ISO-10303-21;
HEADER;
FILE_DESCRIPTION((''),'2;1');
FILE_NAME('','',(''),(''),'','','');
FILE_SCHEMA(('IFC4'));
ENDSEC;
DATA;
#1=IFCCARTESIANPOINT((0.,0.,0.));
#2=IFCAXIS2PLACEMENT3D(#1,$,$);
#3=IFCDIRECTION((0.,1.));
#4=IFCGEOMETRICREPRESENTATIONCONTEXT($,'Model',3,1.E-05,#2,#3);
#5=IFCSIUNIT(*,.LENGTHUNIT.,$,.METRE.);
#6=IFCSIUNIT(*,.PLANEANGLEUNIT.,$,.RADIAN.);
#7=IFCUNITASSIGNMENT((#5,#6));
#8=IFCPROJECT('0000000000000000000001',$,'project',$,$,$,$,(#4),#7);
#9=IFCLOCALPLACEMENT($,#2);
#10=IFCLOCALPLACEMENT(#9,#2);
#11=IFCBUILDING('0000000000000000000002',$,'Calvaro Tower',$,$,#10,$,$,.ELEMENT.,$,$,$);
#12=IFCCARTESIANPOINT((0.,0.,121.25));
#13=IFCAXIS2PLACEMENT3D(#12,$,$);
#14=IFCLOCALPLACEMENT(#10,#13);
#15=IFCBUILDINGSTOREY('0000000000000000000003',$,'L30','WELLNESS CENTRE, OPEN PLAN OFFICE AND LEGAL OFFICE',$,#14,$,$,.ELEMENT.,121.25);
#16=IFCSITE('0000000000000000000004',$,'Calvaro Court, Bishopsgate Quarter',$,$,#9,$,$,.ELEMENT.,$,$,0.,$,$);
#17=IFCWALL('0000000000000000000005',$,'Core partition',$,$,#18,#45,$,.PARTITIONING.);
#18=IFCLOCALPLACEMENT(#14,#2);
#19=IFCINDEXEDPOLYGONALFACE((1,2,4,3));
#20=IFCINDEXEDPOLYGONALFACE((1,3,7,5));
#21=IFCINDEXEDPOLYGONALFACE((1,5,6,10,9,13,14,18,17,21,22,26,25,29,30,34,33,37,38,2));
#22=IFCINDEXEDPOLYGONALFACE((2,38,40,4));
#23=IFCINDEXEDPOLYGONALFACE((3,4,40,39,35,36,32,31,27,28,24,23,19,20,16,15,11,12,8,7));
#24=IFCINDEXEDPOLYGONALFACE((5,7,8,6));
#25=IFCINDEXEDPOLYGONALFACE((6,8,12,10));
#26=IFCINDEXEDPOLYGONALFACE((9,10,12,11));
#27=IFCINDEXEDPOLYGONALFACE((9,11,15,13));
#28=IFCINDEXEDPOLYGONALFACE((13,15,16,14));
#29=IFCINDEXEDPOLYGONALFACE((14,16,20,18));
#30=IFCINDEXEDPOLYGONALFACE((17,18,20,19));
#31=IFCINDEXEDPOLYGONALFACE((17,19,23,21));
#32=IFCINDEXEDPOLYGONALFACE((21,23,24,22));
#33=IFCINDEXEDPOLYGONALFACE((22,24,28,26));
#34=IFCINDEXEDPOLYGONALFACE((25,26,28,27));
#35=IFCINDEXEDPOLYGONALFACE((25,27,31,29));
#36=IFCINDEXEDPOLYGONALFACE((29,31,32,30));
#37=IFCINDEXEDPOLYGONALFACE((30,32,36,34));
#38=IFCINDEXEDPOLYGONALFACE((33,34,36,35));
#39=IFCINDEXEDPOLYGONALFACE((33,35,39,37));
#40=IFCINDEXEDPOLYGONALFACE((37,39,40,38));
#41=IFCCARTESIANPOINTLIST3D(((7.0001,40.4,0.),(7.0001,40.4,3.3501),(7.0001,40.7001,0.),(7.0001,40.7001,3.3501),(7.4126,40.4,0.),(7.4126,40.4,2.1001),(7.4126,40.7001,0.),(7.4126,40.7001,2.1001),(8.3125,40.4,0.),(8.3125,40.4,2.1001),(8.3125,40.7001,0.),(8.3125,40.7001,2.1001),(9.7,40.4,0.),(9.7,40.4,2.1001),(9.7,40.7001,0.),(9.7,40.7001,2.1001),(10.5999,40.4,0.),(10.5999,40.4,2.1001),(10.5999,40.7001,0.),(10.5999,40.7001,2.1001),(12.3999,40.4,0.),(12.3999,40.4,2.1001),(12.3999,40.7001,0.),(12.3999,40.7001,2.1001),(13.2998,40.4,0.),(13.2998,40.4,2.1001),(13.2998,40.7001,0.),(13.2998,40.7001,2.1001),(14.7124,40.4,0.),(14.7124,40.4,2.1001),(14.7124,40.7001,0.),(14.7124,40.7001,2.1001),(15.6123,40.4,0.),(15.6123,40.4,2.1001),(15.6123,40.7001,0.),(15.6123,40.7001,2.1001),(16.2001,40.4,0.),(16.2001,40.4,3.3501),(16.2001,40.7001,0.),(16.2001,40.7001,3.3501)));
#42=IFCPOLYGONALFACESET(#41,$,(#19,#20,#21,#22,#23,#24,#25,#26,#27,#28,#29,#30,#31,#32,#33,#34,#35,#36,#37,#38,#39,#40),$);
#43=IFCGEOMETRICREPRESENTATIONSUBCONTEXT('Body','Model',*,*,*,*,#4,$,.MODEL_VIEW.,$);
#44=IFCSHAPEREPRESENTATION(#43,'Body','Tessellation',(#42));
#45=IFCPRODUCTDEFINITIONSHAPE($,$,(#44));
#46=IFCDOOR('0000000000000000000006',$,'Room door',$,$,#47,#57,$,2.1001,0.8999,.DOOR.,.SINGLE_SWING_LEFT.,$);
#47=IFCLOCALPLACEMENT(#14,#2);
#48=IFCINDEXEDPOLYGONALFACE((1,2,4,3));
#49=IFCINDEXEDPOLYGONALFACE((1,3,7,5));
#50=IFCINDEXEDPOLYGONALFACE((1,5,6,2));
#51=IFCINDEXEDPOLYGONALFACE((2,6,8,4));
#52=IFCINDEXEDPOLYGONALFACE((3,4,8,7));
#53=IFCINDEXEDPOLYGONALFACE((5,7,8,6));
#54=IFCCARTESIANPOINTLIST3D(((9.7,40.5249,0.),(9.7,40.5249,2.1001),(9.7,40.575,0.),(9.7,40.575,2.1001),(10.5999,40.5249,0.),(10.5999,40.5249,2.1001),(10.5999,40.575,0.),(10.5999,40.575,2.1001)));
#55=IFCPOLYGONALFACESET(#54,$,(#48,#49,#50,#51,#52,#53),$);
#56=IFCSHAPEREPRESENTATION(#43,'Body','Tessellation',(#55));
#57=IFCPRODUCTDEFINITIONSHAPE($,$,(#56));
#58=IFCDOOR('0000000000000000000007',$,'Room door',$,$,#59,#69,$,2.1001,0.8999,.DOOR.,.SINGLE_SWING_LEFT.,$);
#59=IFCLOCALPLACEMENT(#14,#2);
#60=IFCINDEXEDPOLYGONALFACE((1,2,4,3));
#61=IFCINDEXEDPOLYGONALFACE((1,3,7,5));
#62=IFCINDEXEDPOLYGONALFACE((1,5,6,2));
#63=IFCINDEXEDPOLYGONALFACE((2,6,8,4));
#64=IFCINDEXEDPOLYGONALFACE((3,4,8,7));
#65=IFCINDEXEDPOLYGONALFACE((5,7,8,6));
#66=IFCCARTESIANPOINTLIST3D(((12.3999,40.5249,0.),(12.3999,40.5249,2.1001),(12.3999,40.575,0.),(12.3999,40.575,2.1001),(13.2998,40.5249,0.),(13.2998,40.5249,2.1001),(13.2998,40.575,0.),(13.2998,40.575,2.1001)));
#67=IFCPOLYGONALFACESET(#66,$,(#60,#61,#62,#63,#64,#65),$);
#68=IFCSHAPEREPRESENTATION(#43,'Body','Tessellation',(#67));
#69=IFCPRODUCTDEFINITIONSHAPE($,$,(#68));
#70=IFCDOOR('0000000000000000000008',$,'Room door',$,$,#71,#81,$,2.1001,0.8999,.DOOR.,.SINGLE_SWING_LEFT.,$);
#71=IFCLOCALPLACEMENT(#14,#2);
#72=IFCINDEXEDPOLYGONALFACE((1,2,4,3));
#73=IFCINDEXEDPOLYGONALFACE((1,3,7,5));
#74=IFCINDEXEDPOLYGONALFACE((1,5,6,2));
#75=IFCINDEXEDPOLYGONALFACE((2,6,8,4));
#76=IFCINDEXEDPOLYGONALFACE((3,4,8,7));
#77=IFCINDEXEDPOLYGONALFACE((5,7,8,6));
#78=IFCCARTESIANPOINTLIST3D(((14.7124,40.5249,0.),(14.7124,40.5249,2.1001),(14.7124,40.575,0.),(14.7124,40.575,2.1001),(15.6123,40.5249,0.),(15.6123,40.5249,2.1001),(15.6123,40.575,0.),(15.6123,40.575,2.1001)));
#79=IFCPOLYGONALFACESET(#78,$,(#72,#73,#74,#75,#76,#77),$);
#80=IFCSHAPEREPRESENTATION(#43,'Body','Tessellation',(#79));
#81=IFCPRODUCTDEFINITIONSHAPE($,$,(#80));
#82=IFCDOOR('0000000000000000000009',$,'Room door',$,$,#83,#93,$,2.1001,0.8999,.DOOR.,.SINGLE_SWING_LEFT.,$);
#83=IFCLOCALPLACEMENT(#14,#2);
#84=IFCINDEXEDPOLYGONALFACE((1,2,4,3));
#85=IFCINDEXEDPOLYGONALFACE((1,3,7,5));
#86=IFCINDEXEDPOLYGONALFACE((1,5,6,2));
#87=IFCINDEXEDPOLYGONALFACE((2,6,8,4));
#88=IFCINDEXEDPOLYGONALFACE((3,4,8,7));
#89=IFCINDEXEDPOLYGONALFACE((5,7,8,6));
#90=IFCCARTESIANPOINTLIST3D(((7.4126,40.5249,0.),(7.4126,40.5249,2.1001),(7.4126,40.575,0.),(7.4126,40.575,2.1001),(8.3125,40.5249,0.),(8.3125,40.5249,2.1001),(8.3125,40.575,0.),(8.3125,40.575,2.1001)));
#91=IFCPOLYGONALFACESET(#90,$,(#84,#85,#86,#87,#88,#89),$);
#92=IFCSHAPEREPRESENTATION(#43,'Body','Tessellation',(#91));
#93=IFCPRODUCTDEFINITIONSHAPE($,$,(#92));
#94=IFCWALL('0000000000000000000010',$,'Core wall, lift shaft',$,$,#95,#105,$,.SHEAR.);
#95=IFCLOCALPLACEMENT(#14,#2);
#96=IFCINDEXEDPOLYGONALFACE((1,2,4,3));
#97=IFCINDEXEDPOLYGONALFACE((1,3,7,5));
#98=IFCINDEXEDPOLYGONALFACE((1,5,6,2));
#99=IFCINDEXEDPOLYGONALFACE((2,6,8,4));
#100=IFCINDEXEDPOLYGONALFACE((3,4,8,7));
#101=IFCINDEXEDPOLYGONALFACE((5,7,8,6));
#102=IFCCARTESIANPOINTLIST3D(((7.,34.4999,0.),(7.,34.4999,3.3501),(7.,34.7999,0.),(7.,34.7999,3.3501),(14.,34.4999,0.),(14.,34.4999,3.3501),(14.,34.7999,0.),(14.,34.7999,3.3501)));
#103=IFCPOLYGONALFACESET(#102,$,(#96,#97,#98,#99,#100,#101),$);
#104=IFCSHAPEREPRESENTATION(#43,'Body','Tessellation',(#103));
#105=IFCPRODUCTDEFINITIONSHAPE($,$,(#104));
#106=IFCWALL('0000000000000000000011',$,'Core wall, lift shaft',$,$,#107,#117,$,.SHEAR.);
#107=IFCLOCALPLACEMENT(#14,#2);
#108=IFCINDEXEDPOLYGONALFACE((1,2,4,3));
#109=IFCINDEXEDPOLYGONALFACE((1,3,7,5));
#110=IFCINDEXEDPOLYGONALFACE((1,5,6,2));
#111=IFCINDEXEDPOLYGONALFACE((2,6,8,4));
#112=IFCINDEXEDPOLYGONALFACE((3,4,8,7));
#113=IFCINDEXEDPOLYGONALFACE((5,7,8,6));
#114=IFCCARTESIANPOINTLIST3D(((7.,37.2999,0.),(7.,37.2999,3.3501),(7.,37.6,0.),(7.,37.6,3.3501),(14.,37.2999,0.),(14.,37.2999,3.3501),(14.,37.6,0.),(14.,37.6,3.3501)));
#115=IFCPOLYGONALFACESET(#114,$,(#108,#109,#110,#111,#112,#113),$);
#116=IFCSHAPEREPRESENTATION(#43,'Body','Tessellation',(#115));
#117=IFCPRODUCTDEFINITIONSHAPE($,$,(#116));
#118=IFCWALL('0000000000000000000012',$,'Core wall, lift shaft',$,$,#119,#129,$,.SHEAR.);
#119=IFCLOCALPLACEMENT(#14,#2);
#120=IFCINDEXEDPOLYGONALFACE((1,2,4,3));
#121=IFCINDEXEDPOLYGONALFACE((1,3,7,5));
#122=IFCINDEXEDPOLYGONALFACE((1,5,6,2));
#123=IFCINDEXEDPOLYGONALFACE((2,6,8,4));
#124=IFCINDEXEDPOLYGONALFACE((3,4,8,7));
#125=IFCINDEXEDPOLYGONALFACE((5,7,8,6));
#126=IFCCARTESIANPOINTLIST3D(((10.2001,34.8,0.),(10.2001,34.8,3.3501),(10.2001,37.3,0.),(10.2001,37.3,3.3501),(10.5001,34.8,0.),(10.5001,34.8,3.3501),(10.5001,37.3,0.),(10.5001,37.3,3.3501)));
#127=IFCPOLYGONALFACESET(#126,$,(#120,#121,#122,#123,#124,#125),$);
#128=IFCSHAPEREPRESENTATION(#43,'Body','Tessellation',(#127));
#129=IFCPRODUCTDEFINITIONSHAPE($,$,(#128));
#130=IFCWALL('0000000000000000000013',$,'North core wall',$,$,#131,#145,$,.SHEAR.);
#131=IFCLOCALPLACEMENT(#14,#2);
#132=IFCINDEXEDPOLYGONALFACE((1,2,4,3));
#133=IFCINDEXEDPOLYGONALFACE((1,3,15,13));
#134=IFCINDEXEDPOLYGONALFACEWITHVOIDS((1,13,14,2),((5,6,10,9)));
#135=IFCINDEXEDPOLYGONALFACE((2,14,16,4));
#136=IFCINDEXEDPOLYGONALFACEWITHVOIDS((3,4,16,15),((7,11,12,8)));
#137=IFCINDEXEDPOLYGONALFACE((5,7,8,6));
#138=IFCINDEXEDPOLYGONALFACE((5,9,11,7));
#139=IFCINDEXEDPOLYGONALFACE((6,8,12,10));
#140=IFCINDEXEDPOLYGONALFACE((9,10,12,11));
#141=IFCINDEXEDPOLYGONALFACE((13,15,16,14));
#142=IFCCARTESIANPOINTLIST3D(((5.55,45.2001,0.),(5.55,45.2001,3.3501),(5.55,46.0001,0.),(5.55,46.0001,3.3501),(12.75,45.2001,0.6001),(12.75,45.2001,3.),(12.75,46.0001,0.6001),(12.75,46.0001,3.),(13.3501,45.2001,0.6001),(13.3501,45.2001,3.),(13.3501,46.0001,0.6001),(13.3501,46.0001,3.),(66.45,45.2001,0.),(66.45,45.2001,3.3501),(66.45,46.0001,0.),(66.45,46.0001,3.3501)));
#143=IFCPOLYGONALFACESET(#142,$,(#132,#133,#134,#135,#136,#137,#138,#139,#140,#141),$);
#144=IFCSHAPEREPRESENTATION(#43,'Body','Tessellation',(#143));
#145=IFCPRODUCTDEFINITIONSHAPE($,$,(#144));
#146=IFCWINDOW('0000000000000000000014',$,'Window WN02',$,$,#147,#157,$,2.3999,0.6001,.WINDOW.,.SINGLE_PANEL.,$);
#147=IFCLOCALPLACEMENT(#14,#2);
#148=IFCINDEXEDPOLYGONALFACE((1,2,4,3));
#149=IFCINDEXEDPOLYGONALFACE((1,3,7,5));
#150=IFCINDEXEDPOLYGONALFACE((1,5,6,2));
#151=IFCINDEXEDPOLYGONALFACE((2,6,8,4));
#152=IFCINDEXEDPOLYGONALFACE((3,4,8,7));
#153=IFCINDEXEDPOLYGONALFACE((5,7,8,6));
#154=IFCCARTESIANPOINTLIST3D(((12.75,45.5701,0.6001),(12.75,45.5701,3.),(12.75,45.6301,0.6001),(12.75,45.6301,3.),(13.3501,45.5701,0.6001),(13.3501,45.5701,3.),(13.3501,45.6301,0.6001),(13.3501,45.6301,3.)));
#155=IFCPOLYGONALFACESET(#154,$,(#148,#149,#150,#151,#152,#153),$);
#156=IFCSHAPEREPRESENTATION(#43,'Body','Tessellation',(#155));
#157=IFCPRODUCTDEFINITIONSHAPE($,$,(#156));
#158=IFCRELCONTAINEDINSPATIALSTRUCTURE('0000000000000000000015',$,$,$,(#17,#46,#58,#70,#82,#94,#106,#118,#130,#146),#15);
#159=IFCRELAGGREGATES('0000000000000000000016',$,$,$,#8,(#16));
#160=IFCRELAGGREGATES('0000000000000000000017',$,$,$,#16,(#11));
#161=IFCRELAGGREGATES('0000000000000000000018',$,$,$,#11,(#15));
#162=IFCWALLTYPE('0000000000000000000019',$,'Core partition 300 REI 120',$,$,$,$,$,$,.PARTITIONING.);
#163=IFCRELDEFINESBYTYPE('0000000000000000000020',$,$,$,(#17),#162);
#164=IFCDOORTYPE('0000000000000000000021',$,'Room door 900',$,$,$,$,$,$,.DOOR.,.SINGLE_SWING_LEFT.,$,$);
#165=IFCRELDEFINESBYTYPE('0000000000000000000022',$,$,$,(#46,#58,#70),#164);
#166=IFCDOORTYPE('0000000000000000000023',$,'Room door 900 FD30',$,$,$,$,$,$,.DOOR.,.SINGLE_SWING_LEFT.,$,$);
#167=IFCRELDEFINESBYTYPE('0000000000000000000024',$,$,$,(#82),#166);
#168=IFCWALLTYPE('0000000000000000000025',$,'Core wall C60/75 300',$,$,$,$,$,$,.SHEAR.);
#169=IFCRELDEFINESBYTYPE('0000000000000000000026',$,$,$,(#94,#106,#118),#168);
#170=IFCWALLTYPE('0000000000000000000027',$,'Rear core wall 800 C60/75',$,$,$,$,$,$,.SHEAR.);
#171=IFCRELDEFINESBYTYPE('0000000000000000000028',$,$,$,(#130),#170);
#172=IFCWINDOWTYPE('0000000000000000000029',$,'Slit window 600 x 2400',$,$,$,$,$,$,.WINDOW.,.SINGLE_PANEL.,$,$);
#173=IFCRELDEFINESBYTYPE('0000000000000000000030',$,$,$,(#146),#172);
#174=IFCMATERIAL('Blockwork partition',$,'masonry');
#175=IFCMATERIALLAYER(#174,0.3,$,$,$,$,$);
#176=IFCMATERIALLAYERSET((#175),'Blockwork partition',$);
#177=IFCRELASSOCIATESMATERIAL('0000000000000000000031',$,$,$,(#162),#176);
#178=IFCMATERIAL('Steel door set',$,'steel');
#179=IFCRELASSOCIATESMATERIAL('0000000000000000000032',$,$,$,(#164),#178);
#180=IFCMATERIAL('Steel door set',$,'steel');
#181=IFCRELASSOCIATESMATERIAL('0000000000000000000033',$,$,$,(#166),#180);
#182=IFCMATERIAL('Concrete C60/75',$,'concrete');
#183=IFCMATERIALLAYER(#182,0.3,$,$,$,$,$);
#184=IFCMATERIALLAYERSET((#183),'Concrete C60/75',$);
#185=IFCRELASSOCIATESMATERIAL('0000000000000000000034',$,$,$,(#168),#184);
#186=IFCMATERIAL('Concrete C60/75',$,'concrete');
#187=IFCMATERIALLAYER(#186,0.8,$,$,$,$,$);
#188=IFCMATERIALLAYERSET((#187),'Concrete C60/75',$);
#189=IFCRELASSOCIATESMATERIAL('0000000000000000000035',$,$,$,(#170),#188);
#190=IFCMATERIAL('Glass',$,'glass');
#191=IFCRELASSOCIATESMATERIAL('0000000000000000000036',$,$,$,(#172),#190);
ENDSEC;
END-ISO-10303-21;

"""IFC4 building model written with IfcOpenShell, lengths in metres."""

from ifc_helpers import new_model, si_unit, direction, frame, frame_2d, origin, place, context, subcontext, project, spatial, rectangle, extrude, material, layer, layer_set, type_object, element, fill, save


model = new_model("IFC4")

# Units and contexts
model_context = context("Model", 3, precision=1e-05, world=origin(), true_north=direction((0.0, 1.0)))
body_context = subcontext(model_context, "Body", "Model", "MODEL_VIEW")
ifc_project = project(units=[si_unit("LENGTHUNIT", "METRE"), si_unit("PLANEANGLEUNIT", "RADIAN")], contexts=[model_context])

# Site, building, storey
site_placement = place(None, origin())
site = spatial("IfcSite", under=ifc_project, at=site_placement, Name="Calvaro Court, Bishopsgate Quarter", CompositionType="ELEMENT", RefElevation=0.0)
building_placement = place(site_placement, origin())
building = spatial("IfcBuilding", under=site, at=building_placement, Name="Calvaro Tower", CompositionType="ELEMENT")
storey_placement = place(building_placement, frame((0.0, 0.0, 121.25)))
storey = spatial("IfcBuildingStorey", under=building, at=storey_placement, Name="L30", Description="WELLNESS CENTRE, OPEN PLAN OFFICE AND LEGAL OFFICE", CompositionType="ELEMENT", Elevation=121.25)

# Wall, openings, doors
ifc_material_1 = material(Name="Blockwork partition", Category="masonry")
ifc_layer_1 = layer(ifc_material_1, 0.3)
ifc_layer_set_1 = layer_set([ifc_layer_1], Name="Blockwork partition")
wall_type_1 = type_object("IfcWallType", Name="Core partition 300 REI 120", PredefinedType="PARTITIONING", material=ifc_layer_set_1)
wall_1_placement = place(storey_placement, frame((7.0, 40.55, 0.0), z_axis=(0.0, 0.0, 1.0), x_axis=(1.0, 0.0, 0.0)))
wall_1 = element("IfcWall", 1, at=wall_1_placement, inside=storey, type_object=wall_type_1, Name="Core partition", PredefinedType="PARTITIONING", context=body_context, shape_type="SweptSolid", body=[
    extrude(rectangle(XDim=9.2, YDim=0.3, at=frame_2d((4.6001, 0.0))), origin(), (0.0, 0.0, 1.0), 3.3501),
])
opening_1_placement = place(wall_1_placement, frame((0.4126, 0.0, 0.0)))
opening_1 = element("IfcOpeningElement", 2, at=opening_1_placement, cuts=wall_1, PredefinedType="OPENING", context=body_context, shape_type="SweptSolid", body=[
    extrude(rectangle(XDim=0.8999, YDim=2.1001, at=frame_2d((0.45, 1.05))), frame((0.0, 0.1599, 0.0), z_axis=(0.0, -1.0, 0.0), x_axis=(1.0, 0.0, 0.0)), (0.0, 0.0, 1.0), 0.3201),
])
opening_2_placement = place(wall_1_placement, frame((2.7, 0.0, 0.0)))
opening_2 = element("IfcOpeningElement", 3, at=opening_2_placement, cuts=wall_1, PredefinedType="OPENING", context=body_context, shape_type="SweptSolid", body=[
    extrude(rectangle(XDim=0.8999, YDim=2.1001, at=frame_2d((0.45, 1.05))), frame((0.0, 0.1599, 0.0), z_axis=(0.0, -1.0, 0.0), x_axis=(1.0, 0.0, 0.0)), (0.0, 0.0, 1.0), 0.3201),
])
opening_3_placement = place(wall_1_placement, frame((5.3999, 0.0, 0.0)))
opening_3 = element("IfcOpeningElement", 4, at=opening_3_placement, cuts=wall_1, PredefinedType="OPENING", context=body_context, shape_type="SweptSolid", body=[
    extrude(rectangle(XDim=0.8999, YDim=2.1001, at=frame_2d((0.45, 1.05))), frame((0.0, 0.1599, 0.0), z_axis=(0.0, -1.0, 0.0), x_axis=(1.0, 0.0, 0.0)), (0.0, 0.0, 1.0), 0.3201),
])
opening_4_placement = place(wall_1_placement, frame((7.7124, 0.0, 0.0)))
opening_4 = element("IfcOpeningElement", 5, at=opening_4_placement, cuts=wall_1, PredefinedType="OPENING", context=body_context, shape_type="SweptSolid", body=[
    extrude(rectangle(XDim=0.8999, YDim=2.1001, at=frame_2d((0.45, 1.05))), frame((0.0, 0.1599, 0.0), z_axis=(0.0, -1.0, 0.0), x_axis=(1.0, 0.0, 0.0)), (0.0, 0.0, 1.0), 0.3201),
])
ifc_material_2 = material(Name="Steel door set", Category="steel")
door_type_1 = type_object("IfcDoorType", Name="Room door 900", OperationType="SINGLE_SWING_LEFT", PredefinedType="DOOR", material=ifc_material_2)
door_1_placement = place(opening_2_placement, origin())
door_1 = element("IfcDoor", 6, at=door_1_placement, inside=storey, type_object=door_type_1, Name="Room door", OperationType="SINGLE_SWING_LEFT", OverallHeight=2.1001, OverallWidth=0.8999, PredefinedType="DOOR", context=body_context, shape_type="SweptSolid", body=[
    extrude(rectangle(XDim=0.8999, YDim=2.1001, at=frame_2d((0.45, 1.05))), frame((0.0, 0.0249, 0.0), z_axis=(0.0, -1.0, 0.0), x_axis=(1.0, 0.0, 0.0)), (0.0, 0.0, 1.0), 0.05),
])
fill(opening_2, door_1)
door_2_placement = place(opening_3_placement, origin())
door_2 = element("IfcDoor", 7, at=door_2_placement, inside=storey, type_object=door_type_1, Name="Room door", OperationType="SINGLE_SWING_LEFT", OverallHeight=2.1001, OverallWidth=0.8999, PredefinedType="DOOR", context=body_context, shape_type="SweptSolid", body=[
    extrude(rectangle(XDim=0.8999, YDim=2.1001, at=frame_2d((0.45, 1.05))), frame((0.0, 0.0249, 0.0), z_axis=(0.0, -1.0, 0.0), x_axis=(1.0, 0.0, 0.0)), (0.0, 0.0, 1.0), 0.05),
])
fill(opening_3, door_2)
door_3_placement = place(opening_4_placement, origin())
door_3 = element("IfcDoor", 8, at=door_3_placement, inside=storey, type_object=door_type_1, Name="Room door", OperationType="SINGLE_SWING_LEFT", OverallHeight=2.1001, OverallWidth=0.8999, PredefinedType="DOOR", context=body_context, shape_type="SweptSolid", body=[
    extrude(rectangle(XDim=0.8999, YDim=2.1001, at=frame_2d((0.45, 1.05))), frame((0.0, 0.0249, 0.0), z_axis=(0.0, -1.0, 0.0), x_axis=(1.0, 0.0, 0.0)), (0.0, 0.0, 1.0), 0.05),
])
fill(opening_4, door_3)
ifc_material_3 = material(Name="Steel door set", Category="steel")
door_type_2 = type_object("IfcDoorType", Name="Room door 900 FD30", OperationType="SINGLE_SWING_LEFT", PredefinedType="DOOR", material=ifc_material_3)
door_4_placement = place(opening_1_placement, origin())
door_4 = element("IfcDoor", 9, at=door_4_placement, inside=storey, type_object=door_type_2, Name="Room door", OperationType="SINGLE_SWING_LEFT", OverallHeight=2.1001, OverallWidth=0.8999, PredefinedType="DOOR", context=body_context, shape_type="SweptSolid", body=[
    extrude(rectangle(XDim=0.8999, YDim=2.1001, at=frame_2d((0.45, 1.05))), frame((0.0, 0.0249, 0.0), z_axis=(0.0, -1.0, 0.0), x_axis=(1.0, 0.0, 0.0)), (0.0, 0.0, 1.0), 0.05),
])
fill(opening_1, door_4)

# Walls
ifc_material_4 = material(Name="Concrete C60/75", Category="concrete")
ifc_layer_2 = layer(ifc_material_4, 0.3)
ifc_layer_set_2 = layer_set([ifc_layer_2], Name="Concrete C60/75")
wall_type_2 = type_object("IfcWallType", Name="Core wall C60/75 300", PredefinedType="SHEAR", material=ifc_layer_set_2)
for number, where, z_axis, x_axis, name in (
    (10, (7.0, 34.6499, 0.0), (0.0, 0.0, 1.0), (1.0, 0.0, 0.0), "Core wall, lift shaft"),
    (11, (7.0, 37.45, 0.0), (0.0, 0.0, 1.0), (1.0, 0.0, 0.0), "Core wall, lift shaft"),
):
    element("IfcWall", number, at=place(storey_placement, frame(where, z_axis=z_axis, x_axis=x_axis)), inside=storey, type_object=wall_type_2, Name=name, PredefinedType="SHEAR", context=body_context, shape_type="SweptSolid", body=[
        extrude(rectangle(XDim=7.0, YDim=0.3, at=frame_2d((3.5, 0.0))), origin(), (0.0, 0.0, 1.0), 3.3501),
    ])
wall_2_placement = place(storey_placement, frame((10.3501, 34.8, 0.0), z_axis=(0.0, 0.0, 1.0), x_axis=(0.0, 1.0, 0.0)))
element("IfcWall", 12, at=wall_2_placement, inside=storey, type_object=wall_type_2, Name="Core wall, lift shaft", PredefinedType="SHEAR", context=body_context, shape_type="SweptSolid", body=[
    extrude(rectangle(XDim=2.5, YDim=0.3, at=frame_2d((1.25, 0.0))), origin(), (0.0, 0.0, 1.0), 3.3501),
])

# Wall, opening, window
ifc_material_5 = material(Name="Concrete C60/75", Category="concrete")
ifc_layer_3 = layer(ifc_material_5, 0.8)
ifc_layer_set_3 = layer_set([ifc_layer_3], Name="Concrete C60/75")
wall_type_3 = type_object("IfcWallType", Name="Rear core wall 800 C60/75", PredefinedType="SHEAR", material=ifc_layer_set_3)
wall_3_placement = place(storey_placement, frame((5.55, 45.6001, 0.0), z_axis=(0.0, 0.0, 1.0), x_axis=(1.0, 0.0, 0.0)))
wall_3 = element("IfcWall", 13, at=wall_3_placement, inside=storey, type_object=wall_type_3, Name="North core wall", PredefinedType="SHEAR", context=body_context, shape_type="SweptSolid", body=[
    extrude(rectangle(XDim=60.8999, YDim=0.8, at=frame_2d((30.45, 0.0))), origin(), (0.0, 0.0, 1.0), 3.3501),
])
opening_5_placement = place(wall_3_placement, frame((7.2, 0.0, 0.6001)))
opening_5 = element("IfcOpeningElement", 14, at=opening_5_placement, cuts=wall_3, PredefinedType="OPENING", context=body_context, shape_type="SweptSolid", body=[
    extrude(rectangle(XDim=0.6001, YDim=2.3999, at=frame_2d((0.3, 1.2))), frame((0.0, 0.4099, 0.0), z_axis=(0.0, -1.0, 0.0), x_axis=(1.0, 0.0, 0.0)), (0.0, 0.0, 1.0), 0.8201),
])
ifc_material_6 = material(Name="Glass", Category="glass")
window_type = type_object("IfcWindowType", Name="Slit window 600 x 2400", PartitioningType="SINGLE_PANEL", PredefinedType="WINDOW", material=ifc_material_6)
window_placement = place(opening_5_placement, origin())
window = element("IfcWindow", 15, at=window_placement, inside=storey, type_object=window_type, Name="Window WN02", OverallHeight=2.3999, OverallWidth=0.6001, PartitioningType="SINGLE_PANEL", PredefinedType="WINDOW", context=body_context, shape_type="SweptSolid", body=[
    extrude(rectangle(XDim=0.6001, YDim=2.3999, at=frame_2d((0.3, 1.2))), frame((0.0, 0.03, 0.0), z_axis=(0.0, -1.0, 0.0), x_axis=(1.0, 0.0, 0.0)), (0.0, 0.0, 1.0), 0.0601),
])
fill(opening_5, window)

save(model, "model.ifc")
